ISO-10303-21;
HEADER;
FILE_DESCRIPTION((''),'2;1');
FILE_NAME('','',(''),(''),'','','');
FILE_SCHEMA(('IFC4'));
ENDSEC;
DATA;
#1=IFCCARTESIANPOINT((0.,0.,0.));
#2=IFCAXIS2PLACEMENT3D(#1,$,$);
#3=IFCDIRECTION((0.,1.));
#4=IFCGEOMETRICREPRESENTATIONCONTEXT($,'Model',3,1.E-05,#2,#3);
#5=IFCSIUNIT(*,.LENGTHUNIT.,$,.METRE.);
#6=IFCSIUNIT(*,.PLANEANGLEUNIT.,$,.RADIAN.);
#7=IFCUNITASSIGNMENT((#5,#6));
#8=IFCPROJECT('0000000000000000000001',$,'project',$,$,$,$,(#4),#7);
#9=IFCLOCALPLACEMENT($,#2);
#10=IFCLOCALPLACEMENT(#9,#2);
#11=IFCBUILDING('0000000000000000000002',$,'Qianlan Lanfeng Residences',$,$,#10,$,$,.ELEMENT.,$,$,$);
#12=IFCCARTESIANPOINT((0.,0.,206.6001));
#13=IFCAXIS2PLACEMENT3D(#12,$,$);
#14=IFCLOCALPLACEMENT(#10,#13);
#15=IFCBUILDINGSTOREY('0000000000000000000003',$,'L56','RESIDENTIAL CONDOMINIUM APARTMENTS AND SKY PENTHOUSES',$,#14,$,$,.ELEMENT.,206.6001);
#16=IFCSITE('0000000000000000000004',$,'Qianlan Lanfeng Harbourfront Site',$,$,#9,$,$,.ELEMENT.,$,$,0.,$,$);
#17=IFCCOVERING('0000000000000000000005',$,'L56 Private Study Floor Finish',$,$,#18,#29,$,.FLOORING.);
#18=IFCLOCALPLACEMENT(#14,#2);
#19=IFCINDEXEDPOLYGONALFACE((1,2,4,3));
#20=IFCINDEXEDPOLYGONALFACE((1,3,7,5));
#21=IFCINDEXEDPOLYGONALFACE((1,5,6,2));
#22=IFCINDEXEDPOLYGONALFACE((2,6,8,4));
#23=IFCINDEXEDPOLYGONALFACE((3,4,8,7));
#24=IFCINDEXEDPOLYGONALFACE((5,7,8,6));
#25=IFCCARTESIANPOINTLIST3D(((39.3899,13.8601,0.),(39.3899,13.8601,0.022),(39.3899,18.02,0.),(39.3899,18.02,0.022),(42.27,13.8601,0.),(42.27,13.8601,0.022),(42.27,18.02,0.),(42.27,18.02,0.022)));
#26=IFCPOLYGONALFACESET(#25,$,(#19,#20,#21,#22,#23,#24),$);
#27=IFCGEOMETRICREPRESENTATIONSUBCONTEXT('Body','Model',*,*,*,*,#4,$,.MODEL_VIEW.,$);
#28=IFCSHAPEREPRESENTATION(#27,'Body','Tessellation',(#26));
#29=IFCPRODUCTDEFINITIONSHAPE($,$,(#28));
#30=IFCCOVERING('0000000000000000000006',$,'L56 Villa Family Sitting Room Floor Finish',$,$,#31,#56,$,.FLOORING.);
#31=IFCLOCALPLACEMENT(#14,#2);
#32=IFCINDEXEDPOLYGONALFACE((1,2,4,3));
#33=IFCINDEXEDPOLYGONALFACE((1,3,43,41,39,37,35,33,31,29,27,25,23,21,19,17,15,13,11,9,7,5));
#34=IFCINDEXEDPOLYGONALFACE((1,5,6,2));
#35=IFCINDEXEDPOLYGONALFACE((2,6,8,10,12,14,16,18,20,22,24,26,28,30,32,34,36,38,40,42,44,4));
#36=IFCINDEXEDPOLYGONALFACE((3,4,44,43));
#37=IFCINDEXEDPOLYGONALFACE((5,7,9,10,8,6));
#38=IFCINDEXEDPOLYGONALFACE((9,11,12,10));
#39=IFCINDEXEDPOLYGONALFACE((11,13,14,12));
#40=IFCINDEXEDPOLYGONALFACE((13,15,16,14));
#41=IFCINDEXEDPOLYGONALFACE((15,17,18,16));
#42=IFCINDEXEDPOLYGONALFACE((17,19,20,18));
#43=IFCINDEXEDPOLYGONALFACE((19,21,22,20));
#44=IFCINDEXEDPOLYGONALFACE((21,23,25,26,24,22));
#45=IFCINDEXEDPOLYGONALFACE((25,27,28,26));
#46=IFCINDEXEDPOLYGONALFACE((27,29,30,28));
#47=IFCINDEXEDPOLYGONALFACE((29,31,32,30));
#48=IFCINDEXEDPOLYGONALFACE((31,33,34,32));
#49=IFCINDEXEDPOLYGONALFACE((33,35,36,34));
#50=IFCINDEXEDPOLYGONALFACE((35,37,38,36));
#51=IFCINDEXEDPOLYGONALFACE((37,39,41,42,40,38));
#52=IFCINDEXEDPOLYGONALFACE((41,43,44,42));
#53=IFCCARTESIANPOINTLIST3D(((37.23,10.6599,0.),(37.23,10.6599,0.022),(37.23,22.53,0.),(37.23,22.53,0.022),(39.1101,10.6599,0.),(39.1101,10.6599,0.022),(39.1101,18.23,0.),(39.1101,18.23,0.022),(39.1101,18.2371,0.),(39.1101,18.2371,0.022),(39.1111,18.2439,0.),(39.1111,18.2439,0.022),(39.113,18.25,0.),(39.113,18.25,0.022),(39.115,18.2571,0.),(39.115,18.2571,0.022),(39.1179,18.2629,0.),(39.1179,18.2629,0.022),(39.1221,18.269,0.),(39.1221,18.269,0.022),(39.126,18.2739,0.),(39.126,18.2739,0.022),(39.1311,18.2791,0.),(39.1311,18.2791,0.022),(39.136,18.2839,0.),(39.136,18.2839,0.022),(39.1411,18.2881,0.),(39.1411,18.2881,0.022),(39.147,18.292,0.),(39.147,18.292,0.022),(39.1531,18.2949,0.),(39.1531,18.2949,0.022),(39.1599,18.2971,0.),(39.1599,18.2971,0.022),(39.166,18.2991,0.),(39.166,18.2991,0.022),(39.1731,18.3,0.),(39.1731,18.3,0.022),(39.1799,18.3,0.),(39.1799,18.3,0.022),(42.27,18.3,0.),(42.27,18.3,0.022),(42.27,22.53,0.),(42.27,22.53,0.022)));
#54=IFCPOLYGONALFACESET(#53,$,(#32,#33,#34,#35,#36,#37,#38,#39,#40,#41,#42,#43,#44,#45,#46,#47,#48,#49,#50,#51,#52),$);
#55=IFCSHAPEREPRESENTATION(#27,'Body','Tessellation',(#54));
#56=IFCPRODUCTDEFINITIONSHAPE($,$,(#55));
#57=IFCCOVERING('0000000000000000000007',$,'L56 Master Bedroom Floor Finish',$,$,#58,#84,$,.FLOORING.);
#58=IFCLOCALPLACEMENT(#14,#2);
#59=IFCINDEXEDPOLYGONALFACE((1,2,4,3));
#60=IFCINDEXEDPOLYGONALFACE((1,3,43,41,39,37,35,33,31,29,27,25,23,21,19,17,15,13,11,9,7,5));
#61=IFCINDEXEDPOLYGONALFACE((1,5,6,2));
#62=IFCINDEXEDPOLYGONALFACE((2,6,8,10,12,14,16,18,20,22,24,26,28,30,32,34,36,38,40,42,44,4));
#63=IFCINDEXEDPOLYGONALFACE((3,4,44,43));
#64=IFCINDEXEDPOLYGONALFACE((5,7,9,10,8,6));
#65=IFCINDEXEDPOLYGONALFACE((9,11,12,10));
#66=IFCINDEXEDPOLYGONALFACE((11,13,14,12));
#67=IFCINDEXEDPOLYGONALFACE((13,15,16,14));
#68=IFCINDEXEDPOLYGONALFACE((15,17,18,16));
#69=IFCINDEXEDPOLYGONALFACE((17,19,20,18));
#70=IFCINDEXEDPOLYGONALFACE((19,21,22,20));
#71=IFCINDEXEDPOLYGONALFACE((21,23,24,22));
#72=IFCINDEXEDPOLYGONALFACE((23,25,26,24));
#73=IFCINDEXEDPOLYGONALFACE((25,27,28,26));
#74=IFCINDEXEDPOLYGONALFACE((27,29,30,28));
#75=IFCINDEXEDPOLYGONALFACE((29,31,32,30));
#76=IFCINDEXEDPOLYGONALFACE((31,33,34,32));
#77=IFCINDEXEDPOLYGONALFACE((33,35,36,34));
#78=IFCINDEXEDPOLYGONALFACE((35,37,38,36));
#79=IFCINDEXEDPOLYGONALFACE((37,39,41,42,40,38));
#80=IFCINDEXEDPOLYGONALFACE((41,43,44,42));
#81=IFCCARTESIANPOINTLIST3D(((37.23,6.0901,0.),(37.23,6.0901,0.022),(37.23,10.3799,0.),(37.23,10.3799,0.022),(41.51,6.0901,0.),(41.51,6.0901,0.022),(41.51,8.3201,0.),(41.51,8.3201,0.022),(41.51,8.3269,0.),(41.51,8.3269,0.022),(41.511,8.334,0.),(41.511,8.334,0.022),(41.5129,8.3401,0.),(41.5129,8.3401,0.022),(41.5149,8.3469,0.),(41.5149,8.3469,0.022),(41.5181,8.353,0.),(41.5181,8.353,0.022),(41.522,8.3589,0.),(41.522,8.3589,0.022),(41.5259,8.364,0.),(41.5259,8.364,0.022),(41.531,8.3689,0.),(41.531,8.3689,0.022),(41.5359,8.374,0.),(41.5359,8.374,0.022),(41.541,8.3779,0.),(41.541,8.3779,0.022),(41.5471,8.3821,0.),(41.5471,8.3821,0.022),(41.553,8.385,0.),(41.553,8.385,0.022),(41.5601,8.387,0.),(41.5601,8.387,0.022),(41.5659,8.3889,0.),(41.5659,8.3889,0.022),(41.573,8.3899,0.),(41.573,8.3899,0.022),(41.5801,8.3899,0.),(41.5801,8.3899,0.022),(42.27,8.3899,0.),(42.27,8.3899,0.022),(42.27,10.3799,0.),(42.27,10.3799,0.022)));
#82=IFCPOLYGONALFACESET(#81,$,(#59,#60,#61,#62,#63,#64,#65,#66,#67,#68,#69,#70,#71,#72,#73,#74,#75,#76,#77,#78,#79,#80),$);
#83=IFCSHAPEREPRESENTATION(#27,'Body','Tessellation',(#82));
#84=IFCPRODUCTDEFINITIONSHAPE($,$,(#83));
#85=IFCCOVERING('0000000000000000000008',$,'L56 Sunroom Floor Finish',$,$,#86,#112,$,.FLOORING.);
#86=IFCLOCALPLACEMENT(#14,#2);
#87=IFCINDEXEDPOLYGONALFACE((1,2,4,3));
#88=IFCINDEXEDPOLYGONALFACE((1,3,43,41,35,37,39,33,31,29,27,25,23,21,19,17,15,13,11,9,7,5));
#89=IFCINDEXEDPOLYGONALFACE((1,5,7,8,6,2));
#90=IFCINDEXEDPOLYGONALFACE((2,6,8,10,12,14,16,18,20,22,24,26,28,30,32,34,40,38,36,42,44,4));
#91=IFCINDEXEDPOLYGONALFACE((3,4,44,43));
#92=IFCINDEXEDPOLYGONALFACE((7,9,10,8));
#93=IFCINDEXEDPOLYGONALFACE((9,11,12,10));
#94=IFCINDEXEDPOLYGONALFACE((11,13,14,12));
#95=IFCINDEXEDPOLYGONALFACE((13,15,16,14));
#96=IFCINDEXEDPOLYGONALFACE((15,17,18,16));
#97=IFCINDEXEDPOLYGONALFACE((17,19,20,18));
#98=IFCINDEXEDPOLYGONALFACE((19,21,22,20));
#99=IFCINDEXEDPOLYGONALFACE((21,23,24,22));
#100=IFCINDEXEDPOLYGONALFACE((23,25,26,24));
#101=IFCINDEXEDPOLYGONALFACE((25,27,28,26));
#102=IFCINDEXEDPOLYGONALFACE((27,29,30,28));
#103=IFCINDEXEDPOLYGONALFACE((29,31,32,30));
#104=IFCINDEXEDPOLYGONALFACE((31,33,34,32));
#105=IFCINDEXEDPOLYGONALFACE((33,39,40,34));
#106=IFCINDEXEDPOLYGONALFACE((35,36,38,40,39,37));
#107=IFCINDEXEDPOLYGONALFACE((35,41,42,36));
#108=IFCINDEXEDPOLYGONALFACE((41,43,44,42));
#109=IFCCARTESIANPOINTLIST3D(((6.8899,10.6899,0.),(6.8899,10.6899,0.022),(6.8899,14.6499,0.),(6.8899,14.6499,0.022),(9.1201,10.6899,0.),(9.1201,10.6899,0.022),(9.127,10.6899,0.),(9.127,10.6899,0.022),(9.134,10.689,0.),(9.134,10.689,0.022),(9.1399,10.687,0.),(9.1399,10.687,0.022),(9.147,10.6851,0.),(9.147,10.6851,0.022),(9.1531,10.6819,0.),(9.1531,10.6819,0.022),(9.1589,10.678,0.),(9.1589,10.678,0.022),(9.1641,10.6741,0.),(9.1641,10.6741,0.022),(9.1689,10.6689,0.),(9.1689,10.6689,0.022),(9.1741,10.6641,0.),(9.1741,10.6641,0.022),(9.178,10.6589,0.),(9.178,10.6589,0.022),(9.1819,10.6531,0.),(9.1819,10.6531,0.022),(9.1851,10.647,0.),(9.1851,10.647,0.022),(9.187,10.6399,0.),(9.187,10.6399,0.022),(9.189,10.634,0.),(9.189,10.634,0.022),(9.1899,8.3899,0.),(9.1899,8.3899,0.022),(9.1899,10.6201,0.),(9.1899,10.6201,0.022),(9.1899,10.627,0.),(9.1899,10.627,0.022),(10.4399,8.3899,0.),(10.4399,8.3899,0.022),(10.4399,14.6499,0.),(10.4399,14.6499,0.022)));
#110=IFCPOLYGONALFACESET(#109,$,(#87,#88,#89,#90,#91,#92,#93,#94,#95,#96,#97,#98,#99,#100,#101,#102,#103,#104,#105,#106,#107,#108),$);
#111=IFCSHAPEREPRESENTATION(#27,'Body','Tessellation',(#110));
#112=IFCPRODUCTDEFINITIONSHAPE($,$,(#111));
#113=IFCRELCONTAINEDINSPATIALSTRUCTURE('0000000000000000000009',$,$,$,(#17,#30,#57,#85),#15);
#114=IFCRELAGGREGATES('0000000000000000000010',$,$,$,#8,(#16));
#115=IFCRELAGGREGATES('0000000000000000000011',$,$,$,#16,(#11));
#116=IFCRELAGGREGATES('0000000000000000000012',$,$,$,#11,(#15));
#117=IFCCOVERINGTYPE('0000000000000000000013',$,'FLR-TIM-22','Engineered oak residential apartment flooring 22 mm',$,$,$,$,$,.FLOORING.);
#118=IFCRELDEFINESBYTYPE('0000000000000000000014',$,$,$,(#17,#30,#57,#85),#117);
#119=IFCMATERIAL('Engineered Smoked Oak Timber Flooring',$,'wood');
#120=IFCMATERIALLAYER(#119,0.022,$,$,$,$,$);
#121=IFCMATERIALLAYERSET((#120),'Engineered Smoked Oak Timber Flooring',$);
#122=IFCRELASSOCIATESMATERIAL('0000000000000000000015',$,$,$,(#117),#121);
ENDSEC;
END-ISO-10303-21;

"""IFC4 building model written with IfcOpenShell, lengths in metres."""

from ifc_helpers import new_model, si_unit, direction, frame, origin, place, context, subcontext, project, spatial, polyline, outline, extrude, material, layer, layer_set, type_object, element, save


model = new_model("IFC4")

# Units and contexts
model_context = context("Model", 3, precision=1e-05, world=origin(), true_north=direction((0.0, 1.0)))
body_context = subcontext(model_context, "Body", "Model", "MODEL_VIEW")
ifc_project = project(units=[si_unit("LENGTHUNIT", "METRE"), si_unit("PLANEANGLEUNIT", "RADIAN")], contexts=[model_context])

# Site, building, storey
site_placement = place(None, origin())
site = spatial("IfcSite", under=ifc_project, at=site_placement, Name="Qianlan Lanfeng Harbourfront Site", CompositionType="ELEMENT", RefElevation=0.0)
building_placement = place(site_placement, origin())
building = spatial("IfcBuilding", under=site, at=building_placement, Name="Qianlan Lanfeng Residences", CompositionType="ELEMENT")
storey_placement = place(building_placement, frame((0.0, 0.0, 206.6001)))
storey = spatial("IfcBuildingStorey", under=building, at=storey_placement, Name="L56", Description="RESIDENTIAL CONDOMINIUM APARTMENTS AND SKY PENTHOUSES", CompositionType="ELEMENT", Elevation=206.6001)

# Coverings
ifc_material_1 = material(Name="Engineered Smoked Oak Timber Flooring", Category="wood")
ifc_layer_1 = layer(ifc_material_1, 0.022)
ifc_layer_set_1 = layer_set([ifc_layer_1], Name="Engineered Smoked Oak Timber Flooring")
covering_type_1 = type_object("IfcCoveringType", Name="FLR-TIM-22", Description="Engineered oak residential apartment flooring 22 mm", PredefinedType="FLOORING", material=ifc_layer_set_1)
covering_1_placement = place(storey_placement, origin())
element("IfcCovering", 1, at=covering_1_placement, inside=storey, type_object=covering_type_1, Name="L56 Private Study Floor Finish", PredefinedType="FLOORING", context=body_context, shape_type="SweptSolid", body=[
    extrude(outline(polyline([(39.3899, 13.8601), (42.27, 13.8601), (42.27, 18.02), (39.3899, 18.02), (39.3899, 13.8601)])), origin(), (0.0, 0.0, 1.0), 0.022),
])
covering_2_placement = place(storey_placement, origin())
element("IfcCovering", 2, at=covering_2_placement, inside=storey, type_object=covering_type_1, Name="L56 Villa Family Sitting Room Floor Finish", PredefinedType="FLOORING", context=body_context, shape_type="SweptSolid", body=[
    extrude(outline(polyline([(37.23, 10.6599), (39.1101, 10.6599), (39.1101, 18.23), (39.1101, 18.2371), (39.1111, 18.2439), (39.113, 18.25), (39.115, 18.2571), (39.1179, 18.2629), (39.1221, 18.269), (39.126, 18.2739), (39.1311, 18.2791), (39.136, 18.2839), (39.1411, 18.2881), (39.147, 18.292), (39.1531, 18.2949), (39.1599, 18.2971), (39.166, 18.2991), (39.1731, 18.3), (39.1799, 18.3), (42.27, 18.3), (42.27, 22.53), (37.23, 22.53), (37.23, 10.6599)])), origin(), (0.0, 0.0, 1.0), 0.022),
])
covering_3_placement = place(storey_placement, origin())
element("IfcCovering", 3, at=covering_3_placement, inside=storey, type_object=covering_type_1, Name="L56 Master Bedroom Floor Finish", PredefinedType="FLOORING", context=body_context, shape_type="SweptSolid", body=[
    extrude(outline(polyline([(37.23, 10.3799), (37.23, 6.0901), (41.51, 6.0901), (41.51, 8.3201), (41.51, 8.3269), (41.511, 8.334), (41.5129, 8.3401), (41.5149, 8.3469), (41.5181, 8.353), (41.522, 8.3589), (41.5259, 8.364), (41.531, 8.3689), (41.5359, 8.374), (41.541, 8.3779), (41.5471, 8.3821), (41.553, 8.385), (41.5601, 8.387), (41.5659, 8.3889), (41.573, 8.3899), (41.5801, 8.3899), (42.27, 8.3899), (42.27, 10.3799), (37.23, 10.3799)])), origin(), (0.0, 0.0, 1.0), 0.022),
])
covering_4_placement = place(storey_placement, origin())
element("IfcCovering", 4, at=covering_4_placement, inside=storey, type_object=covering_type_1, Name="L56 Sunroom Floor Finish", PredefinedType="FLOORING", context=body_context, shape_type="SweptSolid", body=[
    extrude(outline(polyline([(10.4399, 14.6499), (6.8899, 14.6499), (6.8899, 10.6899), (9.1201, 10.6899), (9.127, 10.6899), (9.134, 10.689), (9.1399, 10.687), (9.147, 10.6851), (9.1531, 10.6819), (9.1589, 10.678), (9.1641, 10.6741), (9.1689, 10.6689), (9.1741, 10.6641), (9.178, 10.6589), (9.1819, 10.6531), (9.1851, 10.647), (9.187, 10.6399), (9.189, 10.634), (9.1899, 10.627), (9.1899, 10.6201), (9.1899, 8.3899), (10.4399, 8.3899), (10.4399, 14.6499)])), origin(), (0.0, 0.0, 1.0), 0.022),
])

save(model, "model.ifc")
